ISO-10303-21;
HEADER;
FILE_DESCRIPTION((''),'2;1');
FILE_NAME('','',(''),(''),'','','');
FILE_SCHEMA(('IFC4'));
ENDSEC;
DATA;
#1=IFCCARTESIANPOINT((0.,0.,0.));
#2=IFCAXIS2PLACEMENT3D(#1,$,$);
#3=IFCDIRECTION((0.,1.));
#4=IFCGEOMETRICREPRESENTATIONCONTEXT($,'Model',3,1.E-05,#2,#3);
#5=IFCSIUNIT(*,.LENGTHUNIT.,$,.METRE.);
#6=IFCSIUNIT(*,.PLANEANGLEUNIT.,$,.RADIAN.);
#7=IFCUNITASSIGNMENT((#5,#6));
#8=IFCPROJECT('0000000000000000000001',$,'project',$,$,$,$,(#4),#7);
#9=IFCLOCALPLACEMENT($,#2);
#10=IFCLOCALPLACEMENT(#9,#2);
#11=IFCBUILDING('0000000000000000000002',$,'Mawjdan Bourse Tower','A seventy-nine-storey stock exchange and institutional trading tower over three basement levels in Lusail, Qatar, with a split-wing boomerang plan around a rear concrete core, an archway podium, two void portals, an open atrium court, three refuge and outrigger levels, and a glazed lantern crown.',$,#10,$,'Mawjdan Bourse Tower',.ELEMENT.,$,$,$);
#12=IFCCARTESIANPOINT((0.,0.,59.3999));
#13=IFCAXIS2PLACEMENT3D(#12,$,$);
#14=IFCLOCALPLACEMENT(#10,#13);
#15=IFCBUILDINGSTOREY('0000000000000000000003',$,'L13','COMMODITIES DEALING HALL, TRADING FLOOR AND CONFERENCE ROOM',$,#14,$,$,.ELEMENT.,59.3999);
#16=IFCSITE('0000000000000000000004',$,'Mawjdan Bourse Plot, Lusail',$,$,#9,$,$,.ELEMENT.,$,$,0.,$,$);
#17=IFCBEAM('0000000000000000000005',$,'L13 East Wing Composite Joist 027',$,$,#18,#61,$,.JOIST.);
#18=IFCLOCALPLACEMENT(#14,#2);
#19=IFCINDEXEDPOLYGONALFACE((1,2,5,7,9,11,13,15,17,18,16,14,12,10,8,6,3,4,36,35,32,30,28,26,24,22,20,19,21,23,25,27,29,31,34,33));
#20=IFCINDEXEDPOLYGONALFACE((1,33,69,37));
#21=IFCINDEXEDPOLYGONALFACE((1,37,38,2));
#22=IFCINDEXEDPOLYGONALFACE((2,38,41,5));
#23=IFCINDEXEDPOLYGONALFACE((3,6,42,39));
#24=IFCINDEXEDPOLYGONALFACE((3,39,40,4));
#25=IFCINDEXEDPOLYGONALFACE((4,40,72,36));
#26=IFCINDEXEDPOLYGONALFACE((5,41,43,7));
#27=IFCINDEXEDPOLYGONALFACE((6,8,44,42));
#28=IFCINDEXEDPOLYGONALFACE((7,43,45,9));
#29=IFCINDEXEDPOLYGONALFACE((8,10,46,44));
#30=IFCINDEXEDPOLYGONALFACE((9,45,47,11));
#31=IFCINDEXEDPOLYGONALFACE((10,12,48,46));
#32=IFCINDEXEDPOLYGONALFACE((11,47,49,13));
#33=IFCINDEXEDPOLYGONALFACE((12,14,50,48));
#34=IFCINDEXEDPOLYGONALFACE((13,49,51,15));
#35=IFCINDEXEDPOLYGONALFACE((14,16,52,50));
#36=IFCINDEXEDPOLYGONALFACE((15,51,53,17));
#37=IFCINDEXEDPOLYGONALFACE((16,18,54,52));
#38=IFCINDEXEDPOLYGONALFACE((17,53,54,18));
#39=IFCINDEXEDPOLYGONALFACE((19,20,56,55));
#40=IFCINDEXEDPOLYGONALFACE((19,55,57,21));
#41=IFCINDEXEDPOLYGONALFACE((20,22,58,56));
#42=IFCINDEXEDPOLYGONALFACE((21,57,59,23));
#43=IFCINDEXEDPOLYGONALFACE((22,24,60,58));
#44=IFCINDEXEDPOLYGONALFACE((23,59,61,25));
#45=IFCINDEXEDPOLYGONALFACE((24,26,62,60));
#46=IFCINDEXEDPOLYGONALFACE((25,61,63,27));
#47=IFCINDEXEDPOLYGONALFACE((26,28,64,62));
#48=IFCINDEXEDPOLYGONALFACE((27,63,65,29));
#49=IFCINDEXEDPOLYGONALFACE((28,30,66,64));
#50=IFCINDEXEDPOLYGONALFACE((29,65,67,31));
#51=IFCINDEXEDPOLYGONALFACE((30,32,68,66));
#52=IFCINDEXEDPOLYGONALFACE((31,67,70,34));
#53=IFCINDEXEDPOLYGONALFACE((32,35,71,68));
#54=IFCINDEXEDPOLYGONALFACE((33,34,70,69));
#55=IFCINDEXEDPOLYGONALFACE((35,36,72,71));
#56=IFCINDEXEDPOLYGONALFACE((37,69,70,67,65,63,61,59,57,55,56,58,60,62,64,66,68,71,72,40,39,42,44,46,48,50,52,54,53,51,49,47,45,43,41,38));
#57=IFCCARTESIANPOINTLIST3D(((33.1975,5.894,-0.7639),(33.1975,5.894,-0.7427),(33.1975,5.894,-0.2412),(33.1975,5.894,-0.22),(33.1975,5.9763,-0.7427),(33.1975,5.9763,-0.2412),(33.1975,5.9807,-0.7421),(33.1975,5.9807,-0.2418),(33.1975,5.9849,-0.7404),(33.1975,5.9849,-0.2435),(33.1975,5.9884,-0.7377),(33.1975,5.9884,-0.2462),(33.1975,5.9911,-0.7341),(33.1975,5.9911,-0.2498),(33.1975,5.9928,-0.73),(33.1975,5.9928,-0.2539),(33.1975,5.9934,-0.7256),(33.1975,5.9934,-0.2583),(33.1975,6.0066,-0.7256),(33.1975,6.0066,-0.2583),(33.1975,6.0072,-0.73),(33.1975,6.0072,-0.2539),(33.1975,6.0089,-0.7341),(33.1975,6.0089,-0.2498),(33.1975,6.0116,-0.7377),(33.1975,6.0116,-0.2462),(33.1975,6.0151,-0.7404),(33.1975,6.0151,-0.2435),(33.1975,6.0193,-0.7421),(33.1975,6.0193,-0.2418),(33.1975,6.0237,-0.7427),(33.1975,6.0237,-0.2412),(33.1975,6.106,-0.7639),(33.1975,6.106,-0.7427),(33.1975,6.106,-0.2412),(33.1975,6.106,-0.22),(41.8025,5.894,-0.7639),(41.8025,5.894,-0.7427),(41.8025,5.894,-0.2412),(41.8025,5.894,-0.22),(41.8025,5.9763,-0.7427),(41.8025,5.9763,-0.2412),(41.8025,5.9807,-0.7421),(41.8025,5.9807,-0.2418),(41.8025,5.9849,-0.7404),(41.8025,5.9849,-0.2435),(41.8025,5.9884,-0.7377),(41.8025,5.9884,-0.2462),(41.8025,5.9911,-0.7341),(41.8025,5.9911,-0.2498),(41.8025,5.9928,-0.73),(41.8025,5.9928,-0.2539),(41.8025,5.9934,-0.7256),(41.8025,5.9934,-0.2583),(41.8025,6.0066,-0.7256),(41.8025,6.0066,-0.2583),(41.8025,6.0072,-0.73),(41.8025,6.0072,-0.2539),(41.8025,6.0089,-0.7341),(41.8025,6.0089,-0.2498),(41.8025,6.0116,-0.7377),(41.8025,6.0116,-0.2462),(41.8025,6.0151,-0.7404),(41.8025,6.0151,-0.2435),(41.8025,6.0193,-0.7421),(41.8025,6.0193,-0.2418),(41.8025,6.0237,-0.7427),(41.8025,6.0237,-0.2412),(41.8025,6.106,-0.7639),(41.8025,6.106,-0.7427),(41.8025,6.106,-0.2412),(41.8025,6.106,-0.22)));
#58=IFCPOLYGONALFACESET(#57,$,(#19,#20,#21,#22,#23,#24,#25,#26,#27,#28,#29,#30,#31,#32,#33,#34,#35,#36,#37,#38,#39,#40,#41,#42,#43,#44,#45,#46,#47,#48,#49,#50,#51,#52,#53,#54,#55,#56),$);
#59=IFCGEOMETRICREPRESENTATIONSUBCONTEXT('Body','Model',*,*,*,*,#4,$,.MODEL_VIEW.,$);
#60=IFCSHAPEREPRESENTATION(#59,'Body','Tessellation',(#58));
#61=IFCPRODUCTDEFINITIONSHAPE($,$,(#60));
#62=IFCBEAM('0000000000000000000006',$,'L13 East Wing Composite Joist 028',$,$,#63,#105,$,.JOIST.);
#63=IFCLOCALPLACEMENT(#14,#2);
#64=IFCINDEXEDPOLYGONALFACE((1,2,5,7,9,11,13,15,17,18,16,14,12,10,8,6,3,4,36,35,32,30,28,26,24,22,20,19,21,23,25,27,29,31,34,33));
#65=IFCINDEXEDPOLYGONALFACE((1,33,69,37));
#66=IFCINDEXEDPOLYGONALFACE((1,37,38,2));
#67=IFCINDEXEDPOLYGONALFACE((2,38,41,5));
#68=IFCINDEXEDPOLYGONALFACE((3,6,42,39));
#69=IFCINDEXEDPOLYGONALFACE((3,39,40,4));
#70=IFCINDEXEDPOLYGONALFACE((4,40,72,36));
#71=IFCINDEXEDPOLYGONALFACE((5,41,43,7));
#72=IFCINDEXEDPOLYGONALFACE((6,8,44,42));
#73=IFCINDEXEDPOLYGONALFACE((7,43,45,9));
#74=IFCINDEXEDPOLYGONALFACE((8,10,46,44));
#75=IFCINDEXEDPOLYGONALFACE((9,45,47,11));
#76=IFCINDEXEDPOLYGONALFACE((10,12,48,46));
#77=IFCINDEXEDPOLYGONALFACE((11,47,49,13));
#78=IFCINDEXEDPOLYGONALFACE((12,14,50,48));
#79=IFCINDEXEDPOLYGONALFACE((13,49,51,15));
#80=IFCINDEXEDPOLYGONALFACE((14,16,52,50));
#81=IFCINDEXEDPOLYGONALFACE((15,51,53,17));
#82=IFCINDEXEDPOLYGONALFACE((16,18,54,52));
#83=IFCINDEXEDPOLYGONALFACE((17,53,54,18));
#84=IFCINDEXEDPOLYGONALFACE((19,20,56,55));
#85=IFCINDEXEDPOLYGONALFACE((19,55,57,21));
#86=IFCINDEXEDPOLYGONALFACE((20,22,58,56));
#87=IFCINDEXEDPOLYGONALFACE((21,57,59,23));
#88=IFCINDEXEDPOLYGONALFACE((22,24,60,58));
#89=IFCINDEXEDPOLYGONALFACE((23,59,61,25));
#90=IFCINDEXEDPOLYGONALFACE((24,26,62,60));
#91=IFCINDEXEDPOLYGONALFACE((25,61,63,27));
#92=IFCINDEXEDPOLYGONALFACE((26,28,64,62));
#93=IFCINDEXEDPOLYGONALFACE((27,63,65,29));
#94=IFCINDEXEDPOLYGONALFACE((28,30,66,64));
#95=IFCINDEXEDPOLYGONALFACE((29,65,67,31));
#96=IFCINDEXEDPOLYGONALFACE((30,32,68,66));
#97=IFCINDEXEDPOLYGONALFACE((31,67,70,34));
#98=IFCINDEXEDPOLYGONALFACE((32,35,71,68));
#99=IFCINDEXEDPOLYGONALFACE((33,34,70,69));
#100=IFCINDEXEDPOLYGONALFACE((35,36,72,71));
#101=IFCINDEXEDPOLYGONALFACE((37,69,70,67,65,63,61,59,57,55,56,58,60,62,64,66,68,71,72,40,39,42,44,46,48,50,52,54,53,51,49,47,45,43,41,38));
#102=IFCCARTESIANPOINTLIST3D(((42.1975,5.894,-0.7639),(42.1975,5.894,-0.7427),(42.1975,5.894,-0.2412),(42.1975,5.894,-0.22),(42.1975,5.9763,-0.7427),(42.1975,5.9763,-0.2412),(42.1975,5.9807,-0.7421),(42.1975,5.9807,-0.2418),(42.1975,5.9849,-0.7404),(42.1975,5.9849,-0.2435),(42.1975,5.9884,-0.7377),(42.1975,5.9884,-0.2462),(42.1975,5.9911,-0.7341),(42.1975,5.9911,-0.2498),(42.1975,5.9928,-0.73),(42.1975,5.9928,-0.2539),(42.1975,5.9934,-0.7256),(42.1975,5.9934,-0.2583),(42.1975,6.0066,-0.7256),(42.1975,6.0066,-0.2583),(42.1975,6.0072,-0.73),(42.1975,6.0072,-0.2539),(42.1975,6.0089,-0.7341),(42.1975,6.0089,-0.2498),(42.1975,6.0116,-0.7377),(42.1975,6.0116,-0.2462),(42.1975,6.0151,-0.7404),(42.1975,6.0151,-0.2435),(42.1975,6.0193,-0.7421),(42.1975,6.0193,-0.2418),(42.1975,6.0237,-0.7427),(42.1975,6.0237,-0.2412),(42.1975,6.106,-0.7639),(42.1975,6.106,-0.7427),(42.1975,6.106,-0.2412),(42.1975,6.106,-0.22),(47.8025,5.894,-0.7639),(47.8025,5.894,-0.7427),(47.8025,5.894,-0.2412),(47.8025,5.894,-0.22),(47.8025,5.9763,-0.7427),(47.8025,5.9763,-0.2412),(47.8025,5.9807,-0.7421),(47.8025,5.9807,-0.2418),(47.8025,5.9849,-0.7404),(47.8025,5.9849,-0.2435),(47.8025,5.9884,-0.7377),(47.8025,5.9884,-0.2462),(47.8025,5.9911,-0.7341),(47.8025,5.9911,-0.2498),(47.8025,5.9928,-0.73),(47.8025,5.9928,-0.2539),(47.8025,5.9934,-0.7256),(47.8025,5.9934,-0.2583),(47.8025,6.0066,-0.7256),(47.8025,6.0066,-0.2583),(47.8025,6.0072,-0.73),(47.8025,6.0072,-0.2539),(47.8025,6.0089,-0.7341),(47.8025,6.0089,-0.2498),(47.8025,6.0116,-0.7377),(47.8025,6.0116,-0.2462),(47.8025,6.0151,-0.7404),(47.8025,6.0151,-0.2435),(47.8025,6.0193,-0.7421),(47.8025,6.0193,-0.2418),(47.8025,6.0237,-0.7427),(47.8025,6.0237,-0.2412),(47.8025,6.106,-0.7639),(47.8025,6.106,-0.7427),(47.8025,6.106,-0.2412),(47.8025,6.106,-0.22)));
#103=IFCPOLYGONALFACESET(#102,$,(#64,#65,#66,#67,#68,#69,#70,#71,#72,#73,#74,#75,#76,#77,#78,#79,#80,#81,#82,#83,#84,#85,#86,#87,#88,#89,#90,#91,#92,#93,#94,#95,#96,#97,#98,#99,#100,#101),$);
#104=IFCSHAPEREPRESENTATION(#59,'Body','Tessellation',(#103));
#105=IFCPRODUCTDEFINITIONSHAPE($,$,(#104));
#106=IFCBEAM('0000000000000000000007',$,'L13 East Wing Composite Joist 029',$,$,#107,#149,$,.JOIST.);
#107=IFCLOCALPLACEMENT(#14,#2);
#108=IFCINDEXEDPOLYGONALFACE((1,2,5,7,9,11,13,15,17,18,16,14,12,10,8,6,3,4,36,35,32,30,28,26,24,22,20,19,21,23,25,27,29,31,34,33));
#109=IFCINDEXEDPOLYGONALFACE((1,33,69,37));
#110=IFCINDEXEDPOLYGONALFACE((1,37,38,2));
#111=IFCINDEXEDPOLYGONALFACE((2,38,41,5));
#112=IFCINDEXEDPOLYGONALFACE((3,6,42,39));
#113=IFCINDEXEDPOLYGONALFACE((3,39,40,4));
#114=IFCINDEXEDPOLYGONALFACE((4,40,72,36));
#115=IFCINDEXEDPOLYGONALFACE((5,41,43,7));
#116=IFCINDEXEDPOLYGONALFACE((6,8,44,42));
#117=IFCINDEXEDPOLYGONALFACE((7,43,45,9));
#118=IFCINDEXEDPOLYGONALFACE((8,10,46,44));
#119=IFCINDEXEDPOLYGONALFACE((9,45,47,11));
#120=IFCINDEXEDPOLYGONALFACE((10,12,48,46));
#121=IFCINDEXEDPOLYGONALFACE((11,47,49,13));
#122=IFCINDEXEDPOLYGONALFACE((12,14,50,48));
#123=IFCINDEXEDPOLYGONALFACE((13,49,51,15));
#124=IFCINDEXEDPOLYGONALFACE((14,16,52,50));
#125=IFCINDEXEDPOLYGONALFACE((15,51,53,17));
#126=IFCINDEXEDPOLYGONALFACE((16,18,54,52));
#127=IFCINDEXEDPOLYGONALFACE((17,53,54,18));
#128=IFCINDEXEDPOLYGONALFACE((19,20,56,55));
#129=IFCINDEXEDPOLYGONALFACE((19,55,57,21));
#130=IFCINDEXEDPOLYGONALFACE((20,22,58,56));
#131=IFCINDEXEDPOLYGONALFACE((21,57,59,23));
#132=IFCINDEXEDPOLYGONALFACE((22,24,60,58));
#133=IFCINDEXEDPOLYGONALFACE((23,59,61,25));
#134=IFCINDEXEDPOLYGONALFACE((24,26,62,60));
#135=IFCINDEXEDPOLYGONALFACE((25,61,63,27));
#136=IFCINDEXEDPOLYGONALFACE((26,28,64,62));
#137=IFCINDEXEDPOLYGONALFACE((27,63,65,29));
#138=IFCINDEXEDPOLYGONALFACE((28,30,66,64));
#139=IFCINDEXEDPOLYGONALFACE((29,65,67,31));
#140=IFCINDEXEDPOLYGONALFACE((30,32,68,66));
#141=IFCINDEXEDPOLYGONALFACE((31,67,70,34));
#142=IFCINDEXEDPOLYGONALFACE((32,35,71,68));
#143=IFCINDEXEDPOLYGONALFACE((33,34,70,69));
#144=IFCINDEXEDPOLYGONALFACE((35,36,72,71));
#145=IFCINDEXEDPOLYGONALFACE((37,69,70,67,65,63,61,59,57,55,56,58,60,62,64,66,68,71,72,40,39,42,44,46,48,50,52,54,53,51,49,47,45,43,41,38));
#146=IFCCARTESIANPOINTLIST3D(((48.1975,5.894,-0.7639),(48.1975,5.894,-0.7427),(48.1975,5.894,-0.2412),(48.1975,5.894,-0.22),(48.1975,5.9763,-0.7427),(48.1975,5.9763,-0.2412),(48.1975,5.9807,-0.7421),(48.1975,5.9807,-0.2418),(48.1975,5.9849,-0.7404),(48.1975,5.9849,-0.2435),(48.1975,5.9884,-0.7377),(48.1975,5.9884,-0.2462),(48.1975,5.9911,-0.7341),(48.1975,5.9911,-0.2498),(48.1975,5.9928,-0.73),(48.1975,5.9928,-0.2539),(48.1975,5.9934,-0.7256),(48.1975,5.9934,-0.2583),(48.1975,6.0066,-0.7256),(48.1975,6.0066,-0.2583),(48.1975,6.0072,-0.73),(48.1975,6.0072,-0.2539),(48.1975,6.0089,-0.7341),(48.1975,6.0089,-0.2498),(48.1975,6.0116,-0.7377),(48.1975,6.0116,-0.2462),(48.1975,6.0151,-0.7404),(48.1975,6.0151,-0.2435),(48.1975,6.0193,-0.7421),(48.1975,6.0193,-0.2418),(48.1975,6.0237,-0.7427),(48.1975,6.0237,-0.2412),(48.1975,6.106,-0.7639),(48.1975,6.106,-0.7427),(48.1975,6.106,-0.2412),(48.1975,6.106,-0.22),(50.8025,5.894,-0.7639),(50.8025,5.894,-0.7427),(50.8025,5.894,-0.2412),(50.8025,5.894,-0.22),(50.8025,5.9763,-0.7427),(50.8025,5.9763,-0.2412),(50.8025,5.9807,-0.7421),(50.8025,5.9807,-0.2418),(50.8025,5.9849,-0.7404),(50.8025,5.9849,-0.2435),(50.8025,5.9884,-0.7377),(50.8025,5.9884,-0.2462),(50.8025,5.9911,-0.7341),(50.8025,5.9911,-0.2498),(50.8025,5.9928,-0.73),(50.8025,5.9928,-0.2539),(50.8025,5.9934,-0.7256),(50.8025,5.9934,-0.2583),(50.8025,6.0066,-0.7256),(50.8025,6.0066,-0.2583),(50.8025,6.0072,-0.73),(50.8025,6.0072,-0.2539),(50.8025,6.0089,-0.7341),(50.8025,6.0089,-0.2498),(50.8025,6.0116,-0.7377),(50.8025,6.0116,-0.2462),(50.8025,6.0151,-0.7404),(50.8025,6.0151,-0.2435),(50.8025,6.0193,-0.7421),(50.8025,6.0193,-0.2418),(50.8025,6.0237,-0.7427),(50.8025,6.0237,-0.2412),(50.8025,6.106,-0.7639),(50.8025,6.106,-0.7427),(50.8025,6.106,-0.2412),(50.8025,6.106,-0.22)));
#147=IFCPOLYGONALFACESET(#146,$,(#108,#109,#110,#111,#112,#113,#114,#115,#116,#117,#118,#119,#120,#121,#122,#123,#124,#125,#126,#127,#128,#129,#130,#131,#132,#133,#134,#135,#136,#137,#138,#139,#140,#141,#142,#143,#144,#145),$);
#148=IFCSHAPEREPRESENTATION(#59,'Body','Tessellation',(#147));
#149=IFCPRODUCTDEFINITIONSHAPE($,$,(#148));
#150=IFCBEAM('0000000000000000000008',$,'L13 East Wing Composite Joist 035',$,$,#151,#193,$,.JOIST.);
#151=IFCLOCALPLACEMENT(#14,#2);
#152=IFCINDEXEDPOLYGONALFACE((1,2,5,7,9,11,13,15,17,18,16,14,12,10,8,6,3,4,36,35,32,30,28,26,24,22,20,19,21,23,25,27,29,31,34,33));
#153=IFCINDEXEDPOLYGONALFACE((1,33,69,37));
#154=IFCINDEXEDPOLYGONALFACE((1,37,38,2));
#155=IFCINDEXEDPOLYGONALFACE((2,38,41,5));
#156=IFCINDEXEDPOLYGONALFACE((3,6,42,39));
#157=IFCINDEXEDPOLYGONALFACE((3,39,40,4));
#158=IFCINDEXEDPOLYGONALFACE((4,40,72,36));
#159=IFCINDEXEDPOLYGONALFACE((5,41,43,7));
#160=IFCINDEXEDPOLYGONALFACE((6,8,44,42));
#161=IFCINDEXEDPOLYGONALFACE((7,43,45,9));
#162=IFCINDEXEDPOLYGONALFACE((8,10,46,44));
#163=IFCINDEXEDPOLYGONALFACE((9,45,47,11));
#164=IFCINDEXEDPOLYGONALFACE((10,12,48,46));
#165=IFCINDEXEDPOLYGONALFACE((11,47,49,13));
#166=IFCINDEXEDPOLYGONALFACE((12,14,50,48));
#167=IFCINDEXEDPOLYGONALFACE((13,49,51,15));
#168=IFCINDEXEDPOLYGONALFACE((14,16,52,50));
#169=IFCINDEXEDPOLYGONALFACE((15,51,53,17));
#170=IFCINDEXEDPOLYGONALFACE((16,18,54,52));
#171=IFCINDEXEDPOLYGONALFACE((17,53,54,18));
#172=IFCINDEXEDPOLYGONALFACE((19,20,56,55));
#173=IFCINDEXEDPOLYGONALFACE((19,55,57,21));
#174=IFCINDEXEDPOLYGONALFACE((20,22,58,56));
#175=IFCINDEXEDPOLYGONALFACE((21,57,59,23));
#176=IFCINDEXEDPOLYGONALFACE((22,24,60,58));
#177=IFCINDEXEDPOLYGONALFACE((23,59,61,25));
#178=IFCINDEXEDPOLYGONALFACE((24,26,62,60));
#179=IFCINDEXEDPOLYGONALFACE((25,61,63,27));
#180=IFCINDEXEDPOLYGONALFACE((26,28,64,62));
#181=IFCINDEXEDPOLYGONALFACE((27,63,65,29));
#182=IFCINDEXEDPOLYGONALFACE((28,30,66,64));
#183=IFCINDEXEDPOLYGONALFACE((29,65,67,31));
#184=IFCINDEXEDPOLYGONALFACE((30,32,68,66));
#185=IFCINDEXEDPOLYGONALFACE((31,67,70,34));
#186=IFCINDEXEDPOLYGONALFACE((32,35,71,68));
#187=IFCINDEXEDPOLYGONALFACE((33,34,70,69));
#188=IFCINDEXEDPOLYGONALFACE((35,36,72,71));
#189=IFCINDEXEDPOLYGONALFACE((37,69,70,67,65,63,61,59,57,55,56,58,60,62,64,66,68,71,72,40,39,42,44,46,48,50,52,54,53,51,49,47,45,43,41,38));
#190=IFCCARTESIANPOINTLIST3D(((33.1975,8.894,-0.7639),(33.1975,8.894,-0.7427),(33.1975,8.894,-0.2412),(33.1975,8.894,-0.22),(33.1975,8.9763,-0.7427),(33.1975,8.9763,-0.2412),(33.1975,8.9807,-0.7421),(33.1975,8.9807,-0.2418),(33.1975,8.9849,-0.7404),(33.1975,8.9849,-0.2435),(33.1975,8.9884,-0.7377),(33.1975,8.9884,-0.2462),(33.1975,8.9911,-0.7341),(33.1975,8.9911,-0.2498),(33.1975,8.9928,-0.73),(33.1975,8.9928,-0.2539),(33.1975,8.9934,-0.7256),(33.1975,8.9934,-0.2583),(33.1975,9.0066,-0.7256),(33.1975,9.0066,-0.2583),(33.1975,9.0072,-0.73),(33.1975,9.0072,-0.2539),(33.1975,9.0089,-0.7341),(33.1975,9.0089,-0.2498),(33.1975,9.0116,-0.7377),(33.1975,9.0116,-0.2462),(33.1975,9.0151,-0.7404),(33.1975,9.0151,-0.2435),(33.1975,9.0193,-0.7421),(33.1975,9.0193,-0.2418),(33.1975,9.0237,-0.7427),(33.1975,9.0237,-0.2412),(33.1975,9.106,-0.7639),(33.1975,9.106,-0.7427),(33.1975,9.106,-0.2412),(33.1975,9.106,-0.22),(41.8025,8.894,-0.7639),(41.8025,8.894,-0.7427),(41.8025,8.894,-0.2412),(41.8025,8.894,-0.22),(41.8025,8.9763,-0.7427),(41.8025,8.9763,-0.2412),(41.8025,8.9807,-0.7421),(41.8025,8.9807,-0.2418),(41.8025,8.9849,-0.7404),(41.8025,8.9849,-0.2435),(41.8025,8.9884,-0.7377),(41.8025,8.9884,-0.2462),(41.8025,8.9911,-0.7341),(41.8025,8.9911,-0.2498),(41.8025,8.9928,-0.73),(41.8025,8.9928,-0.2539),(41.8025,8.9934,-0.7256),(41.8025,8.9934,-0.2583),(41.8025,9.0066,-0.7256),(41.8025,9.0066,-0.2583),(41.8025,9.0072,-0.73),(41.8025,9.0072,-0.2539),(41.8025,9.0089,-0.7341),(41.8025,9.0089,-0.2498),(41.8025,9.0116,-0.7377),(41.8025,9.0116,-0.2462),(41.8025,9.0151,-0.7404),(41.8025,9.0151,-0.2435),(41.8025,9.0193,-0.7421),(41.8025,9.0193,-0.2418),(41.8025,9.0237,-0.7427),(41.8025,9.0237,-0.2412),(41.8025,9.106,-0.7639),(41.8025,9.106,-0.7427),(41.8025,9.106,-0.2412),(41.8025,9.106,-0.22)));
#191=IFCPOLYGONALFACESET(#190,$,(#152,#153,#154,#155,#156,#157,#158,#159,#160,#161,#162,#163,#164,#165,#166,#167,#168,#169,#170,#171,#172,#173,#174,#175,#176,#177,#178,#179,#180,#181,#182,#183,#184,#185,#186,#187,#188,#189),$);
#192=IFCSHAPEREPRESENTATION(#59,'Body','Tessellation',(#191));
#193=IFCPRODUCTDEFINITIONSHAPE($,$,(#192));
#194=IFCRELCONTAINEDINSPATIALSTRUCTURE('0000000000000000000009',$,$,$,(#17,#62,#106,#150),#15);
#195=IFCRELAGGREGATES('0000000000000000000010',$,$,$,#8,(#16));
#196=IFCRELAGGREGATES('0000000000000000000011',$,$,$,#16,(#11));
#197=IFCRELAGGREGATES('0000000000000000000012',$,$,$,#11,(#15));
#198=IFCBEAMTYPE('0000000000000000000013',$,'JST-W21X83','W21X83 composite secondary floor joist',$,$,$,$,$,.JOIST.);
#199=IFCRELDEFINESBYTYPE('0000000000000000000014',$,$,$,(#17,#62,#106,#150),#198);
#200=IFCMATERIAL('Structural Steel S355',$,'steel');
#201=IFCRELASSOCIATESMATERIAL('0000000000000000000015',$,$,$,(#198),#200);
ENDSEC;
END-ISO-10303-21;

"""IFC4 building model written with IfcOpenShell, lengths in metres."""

from ifc_helpers import new_model, si_unit, direction, frame, origin, origin_2d, place, context, subcontext, project, spatial, i_section, extrude, material, material_profile, profile_set, type_object, element, save


model = new_model("IFC4")

# Units and contexts
model_context = context("Model", 3, precision=1e-05, world=origin(), true_north=direction((0.0, 1.0)))
body_context = subcontext(model_context, "Body", "Model", "MODEL_VIEW")
ifc_project = project(units=[si_unit("LENGTHUNIT", "METRE"), si_unit("PLANEANGLEUNIT", "RADIAN")], contexts=[model_context])

# Site, building, storey
site_placement = place(None, origin())
site = spatial("IfcSite", under=ifc_project, at=site_placement, Name="Mawjdan Bourse Plot, Lusail", CompositionType="ELEMENT", RefElevation=0.0)
building_placement = place(site_placement, origin())
building = spatial("IfcBuilding", under=site, at=building_placement, Name="Mawjdan Bourse Tower", Description="A seventy-nine-storey stock exchange and institutional trading tower over three basement levels in Lusail, Qatar, with a split-wing boomerang plan around a rear concrete core, an archway podium, two void portals, an open atrium court, three refuge and outrigger levels, and a glazed lantern crown.", LongName="Mawjdan Bourse Tower", CompositionType="ELEMENT")
storey_placement = place(building_placement, frame((0.0, 0.0, 59.3999)))
storey = spatial("IfcBuildingStorey", under=building, at=storey_placement, Name="L13", Description="COMMODITIES DEALING HALL, TRADING FLOOR AND CONFERENCE ROOM", CompositionType="ELEMENT", Elevation=59.3999)

# Beams
ifc_material_1 = material(Name="Structural Steel S355", Category="steel")
ifc_material_profile_1 = material_profile(ifc_material_1, i_section(OverallWidth=0.2119, OverallDepth=0.5439, WebThickness=0.0132, FlangeThickness=0.0212, FilletRadius=0.0171, at=origin_2d()), Name="W21X83")
ifc_profile_set_1 = profile_set([ifc_material_profile_1], Name="Structural Steel S355")
beam_type_1 = type_object("IfcBeamType", Name="JST-W21X83", Description="W21X83 composite secondary floor joist", PredefinedType="JOIST", material=ifc_profile_set_1)
beam_1_placement = place(storey_placement, frame((33.1975, 6.0, -0.4919), z_axis=(1.0, 0.0, 0.0), x_axis=(0.0, 1.0, 0.0)))
element("IfcBeam", 1, at=beam_1_placement, inside=storey, type_object=beam_type_1, Name="L13 East Wing Composite Joist 027", PredefinedType="JOIST", context=body_context, shape_type="SweptSolid", body=[
    extrude(i_section(OverallWidth=0.2119, OverallDepth=0.5439, WebThickness=0.0132, FlangeThickness=0.0212, FilletRadius=0.0171, at=origin_2d()), origin(), (0.0, 0.0, 1.0), 8.605),
])
beam_2_placement = place(storey_placement, frame((42.1975, 6.0, -0.4919), z_axis=(1.0, 0.0, 0.0), x_axis=(0.0, 1.0, 0.0)))
element("IfcBeam", 2, at=beam_2_placement, inside=storey, type_object=beam_type_1, Name="L13 East Wing Composite Joist 028", PredefinedType="JOIST", context=body_context, shape_type="SweptSolid", body=[
    extrude(i_section(OverallWidth=0.2119, OverallDepth=0.5439, WebThickness=0.0132, FlangeThickness=0.0212, FilletRadius=0.0171, at=origin_2d()), origin(), (0.0, 0.0, 1.0), 5.605),
])
beam_3_placement = place(storey_placement, frame((48.1975, 6.0, -0.4919), z_axis=(1.0, 0.0, 0.0), x_axis=(0.0, 1.0, 0.0)))
element("IfcBeam", 3, at=beam_3_placement, inside=storey, type_object=beam_type_1, Name="L13 East Wing Composite Joist 029", PredefinedType="JOIST", context=body_context, shape_type="SweptSolid", body=[
    extrude(i_section(OverallWidth=0.2119, OverallDepth=0.5439, WebThickness=0.0132, FlangeThickness=0.0212, FilletRadius=0.0171, at=origin_2d()), origin(), (0.0, 0.0, 1.0), 2.605),
])
beam_4_placement = place(storey_placement, frame((33.1975, 9.0, -0.4919), z_axis=(1.0, 0.0, 0.0), x_axis=(0.0, 1.0, 0.0)))
element("IfcBeam", 4, at=beam_4_placement, inside=storey, type_object=beam_type_1, Name="L13 East Wing Composite Joist 035", PredefinedType="JOIST", context=body_context, shape_type="SweptSolid", body=[
    extrude(i_section(OverallWidth=0.2119, OverallDepth=0.5439, WebThickness=0.0132, FlangeThickness=0.0212, FilletRadius=0.0171, at=origin_2d()), origin(), (0.0, 0.0, 1.0), 8.605),
])

save(model, "model.ifc")
